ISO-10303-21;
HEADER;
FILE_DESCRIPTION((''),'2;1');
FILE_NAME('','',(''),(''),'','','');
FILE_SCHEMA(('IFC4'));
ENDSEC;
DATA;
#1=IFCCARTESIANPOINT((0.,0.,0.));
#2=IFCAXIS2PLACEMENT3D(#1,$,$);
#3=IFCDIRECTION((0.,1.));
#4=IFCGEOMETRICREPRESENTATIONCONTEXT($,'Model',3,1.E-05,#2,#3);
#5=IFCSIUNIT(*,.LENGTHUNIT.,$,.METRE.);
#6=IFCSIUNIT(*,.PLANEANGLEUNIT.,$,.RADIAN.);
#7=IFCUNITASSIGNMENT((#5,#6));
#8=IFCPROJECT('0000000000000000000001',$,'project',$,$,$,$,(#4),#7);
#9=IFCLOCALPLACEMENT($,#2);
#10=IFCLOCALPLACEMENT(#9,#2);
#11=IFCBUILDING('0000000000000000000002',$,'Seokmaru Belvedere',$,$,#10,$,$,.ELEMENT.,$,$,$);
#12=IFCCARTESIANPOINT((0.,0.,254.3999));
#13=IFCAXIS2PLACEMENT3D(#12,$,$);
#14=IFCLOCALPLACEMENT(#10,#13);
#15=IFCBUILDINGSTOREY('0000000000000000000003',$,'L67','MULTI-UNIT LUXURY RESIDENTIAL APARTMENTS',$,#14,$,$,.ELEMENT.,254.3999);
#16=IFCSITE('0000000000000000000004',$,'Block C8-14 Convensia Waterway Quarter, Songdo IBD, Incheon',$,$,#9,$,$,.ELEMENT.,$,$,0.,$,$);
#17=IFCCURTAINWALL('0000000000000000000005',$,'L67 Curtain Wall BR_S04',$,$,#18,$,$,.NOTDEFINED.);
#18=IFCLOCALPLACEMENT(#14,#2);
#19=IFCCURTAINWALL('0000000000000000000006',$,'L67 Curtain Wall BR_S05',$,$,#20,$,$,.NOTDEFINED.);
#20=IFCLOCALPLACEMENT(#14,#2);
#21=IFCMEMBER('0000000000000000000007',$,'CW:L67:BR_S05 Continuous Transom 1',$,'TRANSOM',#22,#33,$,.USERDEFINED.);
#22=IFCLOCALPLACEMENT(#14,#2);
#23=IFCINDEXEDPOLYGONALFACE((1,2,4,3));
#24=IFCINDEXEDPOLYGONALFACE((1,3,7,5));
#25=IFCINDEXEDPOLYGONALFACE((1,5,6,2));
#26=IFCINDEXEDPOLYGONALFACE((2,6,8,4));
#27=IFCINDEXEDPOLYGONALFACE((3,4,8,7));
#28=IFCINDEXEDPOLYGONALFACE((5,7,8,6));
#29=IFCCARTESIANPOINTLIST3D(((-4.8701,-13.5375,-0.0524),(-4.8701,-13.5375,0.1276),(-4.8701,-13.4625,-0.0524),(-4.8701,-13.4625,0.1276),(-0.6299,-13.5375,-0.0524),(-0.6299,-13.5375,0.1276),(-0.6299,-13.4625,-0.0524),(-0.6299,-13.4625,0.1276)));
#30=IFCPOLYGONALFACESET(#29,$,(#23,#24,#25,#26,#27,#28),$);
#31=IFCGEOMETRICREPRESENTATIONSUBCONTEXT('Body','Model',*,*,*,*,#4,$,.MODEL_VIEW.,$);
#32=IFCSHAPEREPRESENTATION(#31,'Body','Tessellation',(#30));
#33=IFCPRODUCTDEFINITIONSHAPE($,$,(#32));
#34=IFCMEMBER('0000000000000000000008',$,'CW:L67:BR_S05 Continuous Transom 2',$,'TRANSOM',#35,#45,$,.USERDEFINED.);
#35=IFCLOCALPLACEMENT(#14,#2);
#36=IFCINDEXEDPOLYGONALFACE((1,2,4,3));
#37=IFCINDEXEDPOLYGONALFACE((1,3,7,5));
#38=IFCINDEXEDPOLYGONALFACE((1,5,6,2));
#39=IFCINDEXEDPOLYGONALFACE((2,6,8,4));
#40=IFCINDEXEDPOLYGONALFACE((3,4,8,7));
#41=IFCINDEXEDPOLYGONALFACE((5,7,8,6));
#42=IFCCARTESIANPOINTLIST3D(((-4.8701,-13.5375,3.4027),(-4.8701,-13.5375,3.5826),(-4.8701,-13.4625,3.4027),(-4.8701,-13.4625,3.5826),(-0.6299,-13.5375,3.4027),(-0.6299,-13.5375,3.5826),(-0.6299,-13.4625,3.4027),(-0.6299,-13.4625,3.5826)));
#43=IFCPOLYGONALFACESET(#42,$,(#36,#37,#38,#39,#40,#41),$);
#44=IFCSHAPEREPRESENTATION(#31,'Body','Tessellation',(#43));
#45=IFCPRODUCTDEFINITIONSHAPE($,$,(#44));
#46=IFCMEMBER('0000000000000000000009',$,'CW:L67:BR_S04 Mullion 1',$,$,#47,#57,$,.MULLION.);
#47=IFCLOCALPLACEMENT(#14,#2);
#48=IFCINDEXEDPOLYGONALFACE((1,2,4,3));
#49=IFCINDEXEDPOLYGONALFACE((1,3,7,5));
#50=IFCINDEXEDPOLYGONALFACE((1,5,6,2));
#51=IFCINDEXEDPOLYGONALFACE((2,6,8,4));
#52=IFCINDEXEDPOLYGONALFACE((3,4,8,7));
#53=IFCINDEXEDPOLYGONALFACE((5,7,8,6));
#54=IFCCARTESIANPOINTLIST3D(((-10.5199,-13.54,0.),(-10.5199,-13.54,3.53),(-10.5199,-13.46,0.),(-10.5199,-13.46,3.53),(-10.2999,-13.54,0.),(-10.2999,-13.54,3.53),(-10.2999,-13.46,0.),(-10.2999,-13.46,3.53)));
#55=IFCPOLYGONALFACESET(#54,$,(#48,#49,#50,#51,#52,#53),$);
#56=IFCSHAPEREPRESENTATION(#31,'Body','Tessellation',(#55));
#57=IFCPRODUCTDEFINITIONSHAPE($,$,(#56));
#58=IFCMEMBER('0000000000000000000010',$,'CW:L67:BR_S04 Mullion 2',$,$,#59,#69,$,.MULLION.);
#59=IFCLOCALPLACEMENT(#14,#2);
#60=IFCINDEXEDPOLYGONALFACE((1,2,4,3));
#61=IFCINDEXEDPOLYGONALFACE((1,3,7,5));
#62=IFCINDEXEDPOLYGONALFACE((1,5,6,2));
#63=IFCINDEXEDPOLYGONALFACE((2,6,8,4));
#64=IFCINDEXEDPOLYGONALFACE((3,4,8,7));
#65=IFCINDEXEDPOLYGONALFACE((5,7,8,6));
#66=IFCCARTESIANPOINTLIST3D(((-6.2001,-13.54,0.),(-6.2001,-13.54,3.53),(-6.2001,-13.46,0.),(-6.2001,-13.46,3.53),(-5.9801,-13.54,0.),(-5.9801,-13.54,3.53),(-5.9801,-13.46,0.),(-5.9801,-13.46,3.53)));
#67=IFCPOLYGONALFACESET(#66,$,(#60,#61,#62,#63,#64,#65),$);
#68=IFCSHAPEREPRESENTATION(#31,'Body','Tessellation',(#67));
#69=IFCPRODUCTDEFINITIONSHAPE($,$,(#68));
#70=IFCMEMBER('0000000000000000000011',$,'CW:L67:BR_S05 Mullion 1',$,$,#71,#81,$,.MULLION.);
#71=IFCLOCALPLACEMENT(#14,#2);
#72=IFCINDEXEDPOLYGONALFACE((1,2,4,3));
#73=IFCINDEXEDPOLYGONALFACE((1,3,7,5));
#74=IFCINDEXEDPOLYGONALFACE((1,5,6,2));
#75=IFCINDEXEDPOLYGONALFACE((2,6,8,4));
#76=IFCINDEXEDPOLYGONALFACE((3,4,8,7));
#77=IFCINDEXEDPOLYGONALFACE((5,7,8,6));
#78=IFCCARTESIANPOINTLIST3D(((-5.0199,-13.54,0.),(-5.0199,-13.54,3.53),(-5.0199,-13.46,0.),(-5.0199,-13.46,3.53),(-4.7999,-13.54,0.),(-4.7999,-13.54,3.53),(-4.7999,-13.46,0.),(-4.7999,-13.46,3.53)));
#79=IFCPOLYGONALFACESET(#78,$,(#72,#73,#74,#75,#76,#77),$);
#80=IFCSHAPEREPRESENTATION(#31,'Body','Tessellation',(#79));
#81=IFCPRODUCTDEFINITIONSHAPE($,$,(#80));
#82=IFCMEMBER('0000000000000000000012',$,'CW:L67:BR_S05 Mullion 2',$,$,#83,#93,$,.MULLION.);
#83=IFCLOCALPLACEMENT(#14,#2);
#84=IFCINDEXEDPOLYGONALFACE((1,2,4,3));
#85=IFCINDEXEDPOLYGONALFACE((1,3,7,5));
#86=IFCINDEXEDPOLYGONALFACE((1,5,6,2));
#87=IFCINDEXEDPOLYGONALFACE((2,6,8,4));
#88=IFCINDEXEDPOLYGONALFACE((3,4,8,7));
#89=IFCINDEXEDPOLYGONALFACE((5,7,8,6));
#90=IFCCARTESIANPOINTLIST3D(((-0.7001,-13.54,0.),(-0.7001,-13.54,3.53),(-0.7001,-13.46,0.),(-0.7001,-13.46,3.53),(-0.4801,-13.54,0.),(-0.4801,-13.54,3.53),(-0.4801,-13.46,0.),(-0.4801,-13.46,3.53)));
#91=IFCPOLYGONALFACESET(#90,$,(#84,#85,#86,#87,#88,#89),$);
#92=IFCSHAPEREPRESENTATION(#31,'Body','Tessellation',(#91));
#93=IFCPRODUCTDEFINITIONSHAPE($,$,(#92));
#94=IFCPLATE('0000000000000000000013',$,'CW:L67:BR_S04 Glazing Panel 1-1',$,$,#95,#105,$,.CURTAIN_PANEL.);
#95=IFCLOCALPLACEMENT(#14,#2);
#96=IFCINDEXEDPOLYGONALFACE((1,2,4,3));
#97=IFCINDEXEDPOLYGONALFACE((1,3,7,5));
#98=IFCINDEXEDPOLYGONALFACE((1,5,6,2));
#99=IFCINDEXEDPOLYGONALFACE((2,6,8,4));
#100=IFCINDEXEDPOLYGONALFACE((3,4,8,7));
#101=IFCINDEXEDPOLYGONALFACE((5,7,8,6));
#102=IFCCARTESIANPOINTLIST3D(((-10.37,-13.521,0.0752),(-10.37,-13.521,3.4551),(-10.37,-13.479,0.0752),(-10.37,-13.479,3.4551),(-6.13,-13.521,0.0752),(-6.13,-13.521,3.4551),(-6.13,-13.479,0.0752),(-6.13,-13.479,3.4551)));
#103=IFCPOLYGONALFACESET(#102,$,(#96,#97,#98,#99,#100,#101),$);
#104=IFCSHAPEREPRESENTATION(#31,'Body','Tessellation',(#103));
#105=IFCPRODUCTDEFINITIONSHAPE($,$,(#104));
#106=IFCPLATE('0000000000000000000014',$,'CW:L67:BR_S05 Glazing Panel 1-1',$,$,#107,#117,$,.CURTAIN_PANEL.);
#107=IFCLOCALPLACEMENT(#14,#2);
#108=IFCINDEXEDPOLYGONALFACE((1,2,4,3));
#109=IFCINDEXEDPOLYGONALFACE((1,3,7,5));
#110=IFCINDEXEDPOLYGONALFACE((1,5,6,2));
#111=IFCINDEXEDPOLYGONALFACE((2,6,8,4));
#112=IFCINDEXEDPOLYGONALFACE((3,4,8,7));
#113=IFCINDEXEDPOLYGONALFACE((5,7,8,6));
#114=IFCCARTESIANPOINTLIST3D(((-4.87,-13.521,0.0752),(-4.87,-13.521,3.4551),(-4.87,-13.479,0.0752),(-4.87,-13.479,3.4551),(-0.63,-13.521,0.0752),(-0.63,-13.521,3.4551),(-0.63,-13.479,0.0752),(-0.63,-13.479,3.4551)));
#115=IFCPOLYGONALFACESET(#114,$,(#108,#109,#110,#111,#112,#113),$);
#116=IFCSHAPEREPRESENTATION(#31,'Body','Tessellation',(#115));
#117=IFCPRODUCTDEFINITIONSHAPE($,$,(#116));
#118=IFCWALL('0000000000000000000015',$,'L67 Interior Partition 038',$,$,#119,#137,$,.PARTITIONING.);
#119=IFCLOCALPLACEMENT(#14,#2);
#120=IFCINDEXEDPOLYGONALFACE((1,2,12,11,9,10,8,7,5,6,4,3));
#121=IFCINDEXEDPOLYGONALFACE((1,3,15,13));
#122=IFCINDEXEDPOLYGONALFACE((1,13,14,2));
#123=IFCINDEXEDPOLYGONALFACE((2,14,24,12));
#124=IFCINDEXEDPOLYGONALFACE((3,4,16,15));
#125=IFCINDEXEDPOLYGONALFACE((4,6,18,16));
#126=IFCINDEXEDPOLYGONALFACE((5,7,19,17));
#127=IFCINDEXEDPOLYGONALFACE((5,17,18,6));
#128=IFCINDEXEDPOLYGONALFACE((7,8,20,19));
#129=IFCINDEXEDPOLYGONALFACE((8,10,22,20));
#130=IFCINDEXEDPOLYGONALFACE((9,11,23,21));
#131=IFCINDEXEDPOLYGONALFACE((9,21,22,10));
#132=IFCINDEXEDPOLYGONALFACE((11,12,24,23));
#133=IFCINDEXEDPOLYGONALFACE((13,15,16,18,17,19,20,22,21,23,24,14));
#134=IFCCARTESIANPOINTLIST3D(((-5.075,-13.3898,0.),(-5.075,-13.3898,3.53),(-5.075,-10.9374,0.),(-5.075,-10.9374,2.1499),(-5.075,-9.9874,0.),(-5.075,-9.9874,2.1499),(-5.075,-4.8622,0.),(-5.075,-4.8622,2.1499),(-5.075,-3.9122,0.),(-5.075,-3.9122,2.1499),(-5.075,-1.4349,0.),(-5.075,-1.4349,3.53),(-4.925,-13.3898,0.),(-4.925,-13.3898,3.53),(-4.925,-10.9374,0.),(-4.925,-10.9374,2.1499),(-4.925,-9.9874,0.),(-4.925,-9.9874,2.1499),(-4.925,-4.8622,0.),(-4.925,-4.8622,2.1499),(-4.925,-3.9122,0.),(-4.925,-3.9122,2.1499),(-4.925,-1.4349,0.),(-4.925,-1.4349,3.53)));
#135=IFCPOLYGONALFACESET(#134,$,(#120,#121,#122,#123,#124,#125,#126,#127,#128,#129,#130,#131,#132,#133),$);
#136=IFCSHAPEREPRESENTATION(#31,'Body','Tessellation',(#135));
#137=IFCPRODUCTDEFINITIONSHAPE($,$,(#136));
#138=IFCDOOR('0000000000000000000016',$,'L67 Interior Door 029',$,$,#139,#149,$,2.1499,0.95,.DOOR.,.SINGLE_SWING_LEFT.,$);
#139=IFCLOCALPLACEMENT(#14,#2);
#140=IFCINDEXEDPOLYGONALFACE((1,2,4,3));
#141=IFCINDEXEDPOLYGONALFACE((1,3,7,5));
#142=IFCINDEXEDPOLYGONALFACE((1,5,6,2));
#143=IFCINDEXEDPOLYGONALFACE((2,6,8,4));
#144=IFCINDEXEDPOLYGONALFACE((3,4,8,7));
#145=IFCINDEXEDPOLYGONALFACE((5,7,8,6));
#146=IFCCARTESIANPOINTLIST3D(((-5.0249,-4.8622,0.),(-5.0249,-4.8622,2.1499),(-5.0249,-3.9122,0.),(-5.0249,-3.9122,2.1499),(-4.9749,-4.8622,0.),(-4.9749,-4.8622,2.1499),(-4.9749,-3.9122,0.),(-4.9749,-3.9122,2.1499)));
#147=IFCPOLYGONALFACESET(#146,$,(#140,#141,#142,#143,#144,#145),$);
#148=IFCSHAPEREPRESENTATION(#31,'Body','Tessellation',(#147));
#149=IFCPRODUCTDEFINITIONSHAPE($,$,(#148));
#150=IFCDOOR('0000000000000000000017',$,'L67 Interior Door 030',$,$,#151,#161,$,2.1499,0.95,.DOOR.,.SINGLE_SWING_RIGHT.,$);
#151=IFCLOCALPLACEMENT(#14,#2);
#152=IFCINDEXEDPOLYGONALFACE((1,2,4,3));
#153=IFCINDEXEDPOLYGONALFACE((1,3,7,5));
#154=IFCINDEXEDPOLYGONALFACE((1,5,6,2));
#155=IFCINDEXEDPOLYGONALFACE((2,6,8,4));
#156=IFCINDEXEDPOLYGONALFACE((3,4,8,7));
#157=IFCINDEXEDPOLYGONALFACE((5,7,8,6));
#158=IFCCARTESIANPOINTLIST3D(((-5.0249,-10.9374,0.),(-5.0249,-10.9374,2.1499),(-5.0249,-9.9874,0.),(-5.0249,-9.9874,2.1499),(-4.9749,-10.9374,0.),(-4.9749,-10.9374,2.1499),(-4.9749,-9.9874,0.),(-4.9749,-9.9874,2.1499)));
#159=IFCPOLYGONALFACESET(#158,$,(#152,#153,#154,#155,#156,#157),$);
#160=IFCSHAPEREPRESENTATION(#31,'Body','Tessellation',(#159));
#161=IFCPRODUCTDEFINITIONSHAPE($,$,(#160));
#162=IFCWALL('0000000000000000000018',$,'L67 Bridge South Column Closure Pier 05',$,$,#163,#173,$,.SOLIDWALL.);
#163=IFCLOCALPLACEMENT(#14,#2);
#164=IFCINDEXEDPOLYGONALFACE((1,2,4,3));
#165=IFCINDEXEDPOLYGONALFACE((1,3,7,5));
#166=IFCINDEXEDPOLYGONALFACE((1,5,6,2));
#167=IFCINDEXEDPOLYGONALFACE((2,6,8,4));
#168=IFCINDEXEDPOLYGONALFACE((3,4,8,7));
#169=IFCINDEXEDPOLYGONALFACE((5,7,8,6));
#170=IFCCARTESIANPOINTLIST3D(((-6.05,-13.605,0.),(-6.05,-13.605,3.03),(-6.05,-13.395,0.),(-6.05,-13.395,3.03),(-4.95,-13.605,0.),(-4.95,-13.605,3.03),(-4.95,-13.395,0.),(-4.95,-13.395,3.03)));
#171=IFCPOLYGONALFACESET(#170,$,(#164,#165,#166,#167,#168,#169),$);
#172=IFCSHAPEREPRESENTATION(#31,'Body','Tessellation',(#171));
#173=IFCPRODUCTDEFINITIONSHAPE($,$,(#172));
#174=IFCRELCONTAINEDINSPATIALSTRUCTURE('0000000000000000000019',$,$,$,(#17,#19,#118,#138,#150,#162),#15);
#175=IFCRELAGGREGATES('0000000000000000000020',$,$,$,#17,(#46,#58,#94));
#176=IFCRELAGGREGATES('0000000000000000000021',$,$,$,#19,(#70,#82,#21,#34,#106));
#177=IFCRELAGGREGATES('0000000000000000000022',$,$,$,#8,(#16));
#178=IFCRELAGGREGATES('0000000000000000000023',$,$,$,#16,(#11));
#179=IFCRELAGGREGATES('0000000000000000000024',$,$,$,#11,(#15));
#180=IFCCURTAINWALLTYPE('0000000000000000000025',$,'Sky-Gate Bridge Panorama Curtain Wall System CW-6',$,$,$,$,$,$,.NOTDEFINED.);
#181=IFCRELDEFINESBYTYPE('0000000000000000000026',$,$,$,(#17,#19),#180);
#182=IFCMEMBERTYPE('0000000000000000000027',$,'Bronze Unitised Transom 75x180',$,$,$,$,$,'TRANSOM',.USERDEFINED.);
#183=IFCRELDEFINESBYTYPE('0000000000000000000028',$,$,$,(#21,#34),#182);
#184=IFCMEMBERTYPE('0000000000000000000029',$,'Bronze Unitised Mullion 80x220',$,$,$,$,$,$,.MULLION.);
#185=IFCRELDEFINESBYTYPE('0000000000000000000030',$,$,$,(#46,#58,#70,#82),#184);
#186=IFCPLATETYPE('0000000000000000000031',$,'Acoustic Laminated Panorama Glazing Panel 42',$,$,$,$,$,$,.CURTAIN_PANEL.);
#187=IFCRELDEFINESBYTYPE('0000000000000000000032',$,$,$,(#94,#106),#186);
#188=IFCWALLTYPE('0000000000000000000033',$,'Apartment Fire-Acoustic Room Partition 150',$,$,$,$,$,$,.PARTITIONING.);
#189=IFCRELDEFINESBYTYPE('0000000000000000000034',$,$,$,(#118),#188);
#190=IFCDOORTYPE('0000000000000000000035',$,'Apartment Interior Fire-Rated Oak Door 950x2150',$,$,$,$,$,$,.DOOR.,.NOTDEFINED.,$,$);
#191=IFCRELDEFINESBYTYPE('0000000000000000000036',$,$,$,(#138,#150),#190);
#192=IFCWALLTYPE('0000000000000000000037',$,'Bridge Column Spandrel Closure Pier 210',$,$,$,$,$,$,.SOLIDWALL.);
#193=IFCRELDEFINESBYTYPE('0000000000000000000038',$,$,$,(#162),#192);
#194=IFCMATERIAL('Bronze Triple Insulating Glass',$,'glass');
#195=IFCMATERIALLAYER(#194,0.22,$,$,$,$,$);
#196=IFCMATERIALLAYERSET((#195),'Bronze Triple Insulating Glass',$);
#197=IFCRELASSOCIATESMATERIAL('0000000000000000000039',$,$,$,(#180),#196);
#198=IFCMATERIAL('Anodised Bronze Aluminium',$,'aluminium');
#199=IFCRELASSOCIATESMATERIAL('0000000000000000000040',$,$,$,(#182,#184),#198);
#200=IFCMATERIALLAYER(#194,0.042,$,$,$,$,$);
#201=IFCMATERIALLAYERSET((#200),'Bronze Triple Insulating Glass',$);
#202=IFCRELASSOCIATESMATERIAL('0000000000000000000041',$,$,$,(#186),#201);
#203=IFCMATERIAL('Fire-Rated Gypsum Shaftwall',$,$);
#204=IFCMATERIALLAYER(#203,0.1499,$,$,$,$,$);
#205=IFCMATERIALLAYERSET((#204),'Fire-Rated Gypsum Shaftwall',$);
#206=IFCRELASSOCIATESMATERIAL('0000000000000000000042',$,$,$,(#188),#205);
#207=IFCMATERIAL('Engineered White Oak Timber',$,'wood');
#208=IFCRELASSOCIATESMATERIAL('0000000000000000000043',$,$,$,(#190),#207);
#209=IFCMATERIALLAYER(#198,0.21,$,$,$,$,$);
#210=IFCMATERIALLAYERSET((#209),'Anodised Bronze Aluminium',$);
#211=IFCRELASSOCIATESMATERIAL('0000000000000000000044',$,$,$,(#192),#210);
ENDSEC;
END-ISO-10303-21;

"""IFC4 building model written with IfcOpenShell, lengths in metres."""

from ifc_helpers import new_model, si_unit, direction, frame, frame_2d, origin, origin_2d, place, context, subcontext, project, spatial, rectangle, extrude, source, transform, mapped, material, layer, layer_set, material_profile, profile_set, type_object, type_shapes, element, fill, aggregate, save


model = new_model("IFC4")

# Units and contexts
model_context = context("Model", 3, precision=1e-05, world=origin(), true_north=direction((0.0, 1.0)))
body_context = subcontext(model_context, "Body", "Model", "MODEL_VIEW")
ifc_project = project(units=[si_unit("LENGTHUNIT", "METRE"), si_unit("PLANEANGLEUNIT", "RADIAN")], contexts=[model_context])

# Site, building, storey
site_placement = place(None, origin())
site = spatial("IfcSite", under=ifc_project, at=site_placement, Name="Block C8-14 Convensia Waterway Quarter, Songdo IBD, Incheon", CompositionType="ELEMENT", RefElevation=0.0)
building_placement = place(site_placement, origin())
building = spatial("IfcBuilding", under=site, at=building_placement, Name="Seokmaru Belvedere", CompositionType="ELEMENT")
storey_placement = place(building_placement, frame((0.0, 0.0, 254.3999)))
storey = spatial("IfcBuildingStorey", under=building, at=storey_placement, Name="L67", Description="MULTI-UNIT LUXURY RESIDENTIAL APARTMENTS", CompositionType="ELEMENT", Elevation=254.3999)

# Curtain walls, members
ifc_material_1 = material(Name="Bronze Triple Insulating Glass", Category="glass")
ifc_layer_1 = layer(ifc_material_1, 0.22)
ifc_layer_set_1 = layer_set([ifc_layer_1], Name="Bronze Triple Insulating Glass")
curtain_wall_type = type_object("IfcCurtainWallType", Name="Sky-Gate Bridge Panorama Curtain Wall System CW-6", PredefinedType="NOTDEFINED", material=ifc_layer_set_1)
curtain_wall_1_placement = place(storey_placement, origin())
curtain_wall_1 = element("IfcCurtainWall", 1, at=curtain_wall_1_placement, inside=storey, type_object=curtain_wall_type, Name="L67 Curtain Wall BR_S04", PredefinedType="NOTDEFINED")
ifc_material_2 = material(Name="Anodised Bronze Aluminium", Category="aluminium")
ifc_material_profile_1 = material_profile(ifc_material_2, rectangle(XDim=0.075, YDim=0.1799, at=origin_2d()), Name="CW-T-75x180")
ifc_profile_set_1 = profile_set([ifc_material_profile_1], Name="Anodised Bronze Aluminium")
member_type_1 = type_object("IfcMemberType", Name="Bronze Unitised Transom 75x180", ElementType="TRANSOM", PredefinedType="USERDEFINED", material=ifc_profile_set_1)
shared_shape_1 = source(origin(), body_context, "Body", "SweptSolid", [
    extrude(rectangle(XDim=0.075, YDim=0.1799, at=origin_2d()), origin(), (0.0, 0.0, 1.0), 4.2402),
])
type_shapes(member_type_1, [shared_shape_1])
curtain_wall_2_placement = place(storey_placement, origin())
curtain_wall_2 = element("IfcCurtainWall", 2, at=curtain_wall_2_placement, inside=storey, type_object=curtain_wall_type, Name="L67 Curtain Wall BR_S05", PredefinedType="NOTDEFINED")
member_1_placement = place(storey_placement, frame((-4.8701, -13.5, 0.0376), z_axis=(1.0, 0.0, 0.0), x_axis=(0.0, 1.0, 0.0)))
member_1 = element("IfcMember", 3, at=member_1_placement, type_object=member_type_1, Name="CW:L67:BR_S05 Continuous Transom 1", ObjectType="TRANSOM", PredefinedType="USERDEFINED", context=body_context, shape_type="MappedRepresentation", body=[
    mapped(shared_shape_1, transform((0.0, 0.0, 0.0), scale=1.0)),
])
member_2_placement = place(storey_placement, frame((-4.8701, -13.5, 3.4927), z_axis=(1.0, 0.0, 0.0), x_axis=(0.0, 1.0, 0.0)))
member_2 = element("IfcMember", 4, at=member_2_placement, type_object=member_type_1, Name="CW:L67:BR_S05 Continuous Transom 2", ObjectType="TRANSOM", PredefinedType="USERDEFINED", context=body_context, shape_type="MappedRepresentation", body=[
    mapped(shared_shape_1, transform((0.0, 0.0, 0.0), scale=1.0)),
])

# Members
ifc_material_profile_2 = material_profile(ifc_material_2, rectangle(XDim=0.0801, YDim=0.22, at=origin_2d()), Name="CW-M-80x220")
ifc_profile_set_2 = profile_set([ifc_material_profile_2], Name="Anodised Bronze Aluminium")
member_type_2 = type_object("IfcMemberType", Name="Bronze Unitised Mullion 80x220", PredefinedType="MULLION", material=ifc_profile_set_2)
shared_shape_2 = source(origin(), body_context, "Body", "SweptSolid", [
    extrude(rectangle(XDim=0.0801, YDim=0.22, at=origin_2d()), origin(), (0.0, 0.0, 1.0), 3.53),
])
type_shapes(member_type_2, [shared_shape_2])
member_3_placement = place(storey_placement, frame((-10.4099, -13.5, 0.0), z_axis=(0.0, 0.0, 1.0), x_axis=(0.0, 1.0, 0.0)))
member_3 = element("IfcMember", 5, at=member_3_placement, type_object=member_type_2, Name="CW:L67:BR_S04 Mullion 1", PredefinedType="MULLION", context=body_context, shape_type="MappedRepresentation", body=[
    mapped(shared_shape_2, transform((0.0, 0.0, 0.0), scale=1.0)),
])
member_4_placement = place(storey_placement, frame((-6.0901, -13.5, 0.0), z_axis=(0.0, 0.0, 1.0), x_axis=(0.0, 1.0, 0.0)))
member_4 = element("IfcMember", 6, at=member_4_placement, type_object=member_type_2, Name="CW:L67:BR_S04 Mullion 2", PredefinedType="MULLION", context=body_context, shape_type="MappedRepresentation", body=[
    mapped(shared_shape_2, transform((0.0, 0.0, 0.0), scale=1.0)),
])
member_5_placement = place(storey_placement, frame((-4.9099, -13.5, 0.0), z_axis=(0.0, 0.0, 1.0), x_axis=(0.0, 1.0, 0.0)))
member_5 = element("IfcMember", 7, at=member_5_placement, type_object=member_type_2, Name="CW:L67:BR_S05 Mullion 1", PredefinedType="MULLION", context=body_context, shape_type="MappedRepresentation", body=[
    mapped(shared_shape_2, transform((0.0, 0.0, 0.0), scale=1.0)),
])
member_6_placement = place(storey_placement, frame((-0.5901, -13.5, 0.0), z_axis=(0.0, 0.0, 1.0), x_axis=(0.0, 1.0, 0.0)))
member_6 = element("IfcMember", 8, at=member_6_placement, type_object=member_type_2, Name="CW:L67:BR_S05 Mullion 2", PredefinedType="MULLION", context=body_context, shape_type="MappedRepresentation", body=[
    mapped(shared_shape_2, transform((0.0, 0.0, 0.0), scale=1.0)),
])

# Plates
ifc_layer_2 = layer(ifc_material_1, 0.042)
ifc_layer_set_2 = layer_set([ifc_layer_2], Name="Bronze Triple Insulating Glass")
plate_type = type_object("IfcPlateType", Name="Acoustic Laminated Panorama Glazing Panel 42", PredefinedType="CURTAIN_PANEL", material=ifc_layer_set_2)
shared_shape_3 = source(origin(), body_context, "Body", "SweptSolid", [
    extrude(rectangle(XDim=4.24, YDim=0.042, at=origin_2d()), origin(), (0.0, 0.0, 1.0), 3.3799),
])
type_shapes(plate_type, [shared_shape_3])
plate_1_placement = place(storey_placement, frame((-8.25, -13.5, 0.0752), z_axis=(0.0, 0.0, 1.0), x_axis=(1.0, 0.0, 0.0)))
plate_1 = element("IfcPlate", 9, at=plate_1_placement, type_object=plate_type, Name="CW:L67:BR_S04 Glazing Panel 1-1", PredefinedType="CURTAIN_PANEL", context=body_context, shape_type="MappedRepresentation", body=[
    mapped(shared_shape_3, transform((0.0, 0.0, 0.0), scale=1.0)),
])
aggregate(curtain_wall_1, [member_3, member_4, plate_1])
plate_2_placement = place(storey_placement, frame((-2.75, -13.5, 0.0752), z_axis=(0.0, 0.0, 1.0), x_axis=(1.0, 0.0, 0.0)))
plate_2 = element("IfcPlate", 10, at=plate_2_placement, type_object=plate_type, Name="CW:L67:BR_S05 Glazing Panel 1-1", PredefinedType="CURTAIN_PANEL", context=body_context, shape_type="MappedRepresentation", body=[
    mapped(shared_shape_3, transform((0.0, 0.0, 0.0), scale=1.0)),
])
aggregate(curtain_wall_2, [member_5, member_6, member_1, member_2, plate_2])

# Wall, openings, doors
ifc_material_3 = material(Name="Fire-Rated Gypsum Shaftwall")
ifc_layer_3 = layer(ifc_material_3, 0.1499)
ifc_layer_set_3 = layer_set([ifc_layer_3], Name="Fire-Rated Gypsum Shaftwall")
wall_type_1 = type_object("IfcWallType", Name="Apartment Fire-Acoustic Room Partition 150", PredefinedType="PARTITIONING", material=ifc_layer_set_3)
wall_placement = place(storey_placement, frame((-5.0, -13.3899, 0.0), z_axis=(0.0, 0.0, 1.0), x_axis=(0.0, 1.0, 0.0)))
wall = element("IfcWall", 11, at=wall_placement, inside=storey, type_object=wall_type_1, Name="L67 Interior Partition 038", PredefinedType="PARTITIONING", context=body_context, shape_type="SweptSolid", body=[
    extrude(rectangle(XDim=11.9548, YDim=0.1499, at=frame_2d((5.9775, 0.0))), origin(), (0.0, 0.0, 1.0), 3.53),
])
opening_1_placement = place(wall_placement, frame((8.5276, 0.0, 0.0)))
opening_1 = element("IfcOpeningElement", 12, at=opening_1_placement, cuts=wall, PredefinedType="OPENING", context=body_context, shape_type="SweptSolid", body=[
    extrude(rectangle(XDim=0.95, YDim=2.1499, at=frame_2d((0.4751, 1.075))), frame((0.0, 0.085, 0.0), z_axis=(0.0, -1.0, 0.0), x_axis=(1.0, 0.0, 0.0)), (0.0, 0.0, 1.0), 0.1699),
])
opening_2_placement = place(wall_placement, frame((2.4524, 0.0, 0.0)))
opening_2 = element("IfcOpeningElement", 13, at=opening_2_placement, cuts=wall, PredefinedType="OPENING", context=body_context, shape_type="SweptSolid", body=[
    extrude(rectangle(XDim=0.95, YDim=2.1499, at=frame_2d((0.4751, 1.075))), frame((0.0, 0.085, 0.0), z_axis=(0.0, -1.0, 0.0), x_axis=(1.0, 0.0, 0.0)), (0.0, 0.0, 1.0), 0.1699),
])
ifc_material_4 = material(Name="Engineered White Oak Timber", Category="wood")
door_type = type_object("IfcDoorType", Name="Apartment Interior Fire-Rated Oak Door 950x2150", OperationType="NOTDEFINED", PredefinedType="DOOR", material=ifc_material_4)
shared_shape_4 = source(origin(), body_context, "Body", "SweptSolid", [
    extrude(rectangle(XDim=0.95, YDim=2.1499, at=frame_2d((0.4751, 1.075))), frame((0.0, 0.0249, 0.0), z_axis=(0.0, -1.0, 0.0), x_axis=(1.0, 0.0, 0.0)), (0.0, 0.0, 1.0), 0.05),
])
type_shapes(door_type, [shared_shape_4])
door_1_placement = place(opening_1_placement, origin())
door_1 = element("IfcDoor", 14, at=door_1_placement, inside=storey, type_object=door_type, Name="L67 Interior Door 029", OperationType="SINGLE_SWING_LEFT", OverallHeight=2.1499, OverallWidth=0.95, PredefinedType="DOOR", context=body_context, shape_type="MappedRepresentation", body=[
    mapped(shared_shape_4, transform((0.0, 0.0, 0.0), scale=1.0)),
])
fill(opening_1, door_1)
door_2_placement = place(opening_2_placement, origin())
door_2 = element("IfcDoor", 15, at=door_2_placement, inside=storey, type_object=door_type, Name="L67 Interior Door 030", OperationType="SINGLE_SWING_RIGHT", OverallHeight=2.1499, OverallWidth=0.95, PredefinedType="DOOR", context=body_context, shape_type="MappedRepresentation", body=[
    mapped(shared_shape_4, transform((0.0, 0.0, 0.0), scale=1.0)),
])
fill(opening_2, door_2)

# Wall
ifc_layer_4 = layer(ifc_material_2, 0.21)
ifc_layer_set_4 = layer_set([ifc_layer_4], Name="Anodised Bronze Aluminium")
wall_type_2 = type_object("IfcWallType", Name="Bridge Column Spandrel Closure Pier 210", PredefinedType="SOLIDWALL", material=ifc_layer_set_4)
for number, where, z_axis, x_axis, name in (
    (16, (-6.05, -13.5, 0.0), (0.0, 0.0, 1.0), (1.0, 0.0, 0.0), "L67 Bridge South Column Closure Pier 05"),
):
    element("IfcWall", number, at=place(storey_placement, frame(where, z_axis=z_axis, x_axis=x_axis)), inside=storey, type_object=wall_type_2, Name=name, PredefinedType="SOLIDWALL", context=body_context, shape_type="SweptSolid", body=[
        extrude(rectangle(XDim=1.1001, YDim=0.21, at=frame_2d((0.55, 0.0))), origin(), (0.0, 0.0, 1.0), 3.03),
    ])

save(model, "model.ifc")
